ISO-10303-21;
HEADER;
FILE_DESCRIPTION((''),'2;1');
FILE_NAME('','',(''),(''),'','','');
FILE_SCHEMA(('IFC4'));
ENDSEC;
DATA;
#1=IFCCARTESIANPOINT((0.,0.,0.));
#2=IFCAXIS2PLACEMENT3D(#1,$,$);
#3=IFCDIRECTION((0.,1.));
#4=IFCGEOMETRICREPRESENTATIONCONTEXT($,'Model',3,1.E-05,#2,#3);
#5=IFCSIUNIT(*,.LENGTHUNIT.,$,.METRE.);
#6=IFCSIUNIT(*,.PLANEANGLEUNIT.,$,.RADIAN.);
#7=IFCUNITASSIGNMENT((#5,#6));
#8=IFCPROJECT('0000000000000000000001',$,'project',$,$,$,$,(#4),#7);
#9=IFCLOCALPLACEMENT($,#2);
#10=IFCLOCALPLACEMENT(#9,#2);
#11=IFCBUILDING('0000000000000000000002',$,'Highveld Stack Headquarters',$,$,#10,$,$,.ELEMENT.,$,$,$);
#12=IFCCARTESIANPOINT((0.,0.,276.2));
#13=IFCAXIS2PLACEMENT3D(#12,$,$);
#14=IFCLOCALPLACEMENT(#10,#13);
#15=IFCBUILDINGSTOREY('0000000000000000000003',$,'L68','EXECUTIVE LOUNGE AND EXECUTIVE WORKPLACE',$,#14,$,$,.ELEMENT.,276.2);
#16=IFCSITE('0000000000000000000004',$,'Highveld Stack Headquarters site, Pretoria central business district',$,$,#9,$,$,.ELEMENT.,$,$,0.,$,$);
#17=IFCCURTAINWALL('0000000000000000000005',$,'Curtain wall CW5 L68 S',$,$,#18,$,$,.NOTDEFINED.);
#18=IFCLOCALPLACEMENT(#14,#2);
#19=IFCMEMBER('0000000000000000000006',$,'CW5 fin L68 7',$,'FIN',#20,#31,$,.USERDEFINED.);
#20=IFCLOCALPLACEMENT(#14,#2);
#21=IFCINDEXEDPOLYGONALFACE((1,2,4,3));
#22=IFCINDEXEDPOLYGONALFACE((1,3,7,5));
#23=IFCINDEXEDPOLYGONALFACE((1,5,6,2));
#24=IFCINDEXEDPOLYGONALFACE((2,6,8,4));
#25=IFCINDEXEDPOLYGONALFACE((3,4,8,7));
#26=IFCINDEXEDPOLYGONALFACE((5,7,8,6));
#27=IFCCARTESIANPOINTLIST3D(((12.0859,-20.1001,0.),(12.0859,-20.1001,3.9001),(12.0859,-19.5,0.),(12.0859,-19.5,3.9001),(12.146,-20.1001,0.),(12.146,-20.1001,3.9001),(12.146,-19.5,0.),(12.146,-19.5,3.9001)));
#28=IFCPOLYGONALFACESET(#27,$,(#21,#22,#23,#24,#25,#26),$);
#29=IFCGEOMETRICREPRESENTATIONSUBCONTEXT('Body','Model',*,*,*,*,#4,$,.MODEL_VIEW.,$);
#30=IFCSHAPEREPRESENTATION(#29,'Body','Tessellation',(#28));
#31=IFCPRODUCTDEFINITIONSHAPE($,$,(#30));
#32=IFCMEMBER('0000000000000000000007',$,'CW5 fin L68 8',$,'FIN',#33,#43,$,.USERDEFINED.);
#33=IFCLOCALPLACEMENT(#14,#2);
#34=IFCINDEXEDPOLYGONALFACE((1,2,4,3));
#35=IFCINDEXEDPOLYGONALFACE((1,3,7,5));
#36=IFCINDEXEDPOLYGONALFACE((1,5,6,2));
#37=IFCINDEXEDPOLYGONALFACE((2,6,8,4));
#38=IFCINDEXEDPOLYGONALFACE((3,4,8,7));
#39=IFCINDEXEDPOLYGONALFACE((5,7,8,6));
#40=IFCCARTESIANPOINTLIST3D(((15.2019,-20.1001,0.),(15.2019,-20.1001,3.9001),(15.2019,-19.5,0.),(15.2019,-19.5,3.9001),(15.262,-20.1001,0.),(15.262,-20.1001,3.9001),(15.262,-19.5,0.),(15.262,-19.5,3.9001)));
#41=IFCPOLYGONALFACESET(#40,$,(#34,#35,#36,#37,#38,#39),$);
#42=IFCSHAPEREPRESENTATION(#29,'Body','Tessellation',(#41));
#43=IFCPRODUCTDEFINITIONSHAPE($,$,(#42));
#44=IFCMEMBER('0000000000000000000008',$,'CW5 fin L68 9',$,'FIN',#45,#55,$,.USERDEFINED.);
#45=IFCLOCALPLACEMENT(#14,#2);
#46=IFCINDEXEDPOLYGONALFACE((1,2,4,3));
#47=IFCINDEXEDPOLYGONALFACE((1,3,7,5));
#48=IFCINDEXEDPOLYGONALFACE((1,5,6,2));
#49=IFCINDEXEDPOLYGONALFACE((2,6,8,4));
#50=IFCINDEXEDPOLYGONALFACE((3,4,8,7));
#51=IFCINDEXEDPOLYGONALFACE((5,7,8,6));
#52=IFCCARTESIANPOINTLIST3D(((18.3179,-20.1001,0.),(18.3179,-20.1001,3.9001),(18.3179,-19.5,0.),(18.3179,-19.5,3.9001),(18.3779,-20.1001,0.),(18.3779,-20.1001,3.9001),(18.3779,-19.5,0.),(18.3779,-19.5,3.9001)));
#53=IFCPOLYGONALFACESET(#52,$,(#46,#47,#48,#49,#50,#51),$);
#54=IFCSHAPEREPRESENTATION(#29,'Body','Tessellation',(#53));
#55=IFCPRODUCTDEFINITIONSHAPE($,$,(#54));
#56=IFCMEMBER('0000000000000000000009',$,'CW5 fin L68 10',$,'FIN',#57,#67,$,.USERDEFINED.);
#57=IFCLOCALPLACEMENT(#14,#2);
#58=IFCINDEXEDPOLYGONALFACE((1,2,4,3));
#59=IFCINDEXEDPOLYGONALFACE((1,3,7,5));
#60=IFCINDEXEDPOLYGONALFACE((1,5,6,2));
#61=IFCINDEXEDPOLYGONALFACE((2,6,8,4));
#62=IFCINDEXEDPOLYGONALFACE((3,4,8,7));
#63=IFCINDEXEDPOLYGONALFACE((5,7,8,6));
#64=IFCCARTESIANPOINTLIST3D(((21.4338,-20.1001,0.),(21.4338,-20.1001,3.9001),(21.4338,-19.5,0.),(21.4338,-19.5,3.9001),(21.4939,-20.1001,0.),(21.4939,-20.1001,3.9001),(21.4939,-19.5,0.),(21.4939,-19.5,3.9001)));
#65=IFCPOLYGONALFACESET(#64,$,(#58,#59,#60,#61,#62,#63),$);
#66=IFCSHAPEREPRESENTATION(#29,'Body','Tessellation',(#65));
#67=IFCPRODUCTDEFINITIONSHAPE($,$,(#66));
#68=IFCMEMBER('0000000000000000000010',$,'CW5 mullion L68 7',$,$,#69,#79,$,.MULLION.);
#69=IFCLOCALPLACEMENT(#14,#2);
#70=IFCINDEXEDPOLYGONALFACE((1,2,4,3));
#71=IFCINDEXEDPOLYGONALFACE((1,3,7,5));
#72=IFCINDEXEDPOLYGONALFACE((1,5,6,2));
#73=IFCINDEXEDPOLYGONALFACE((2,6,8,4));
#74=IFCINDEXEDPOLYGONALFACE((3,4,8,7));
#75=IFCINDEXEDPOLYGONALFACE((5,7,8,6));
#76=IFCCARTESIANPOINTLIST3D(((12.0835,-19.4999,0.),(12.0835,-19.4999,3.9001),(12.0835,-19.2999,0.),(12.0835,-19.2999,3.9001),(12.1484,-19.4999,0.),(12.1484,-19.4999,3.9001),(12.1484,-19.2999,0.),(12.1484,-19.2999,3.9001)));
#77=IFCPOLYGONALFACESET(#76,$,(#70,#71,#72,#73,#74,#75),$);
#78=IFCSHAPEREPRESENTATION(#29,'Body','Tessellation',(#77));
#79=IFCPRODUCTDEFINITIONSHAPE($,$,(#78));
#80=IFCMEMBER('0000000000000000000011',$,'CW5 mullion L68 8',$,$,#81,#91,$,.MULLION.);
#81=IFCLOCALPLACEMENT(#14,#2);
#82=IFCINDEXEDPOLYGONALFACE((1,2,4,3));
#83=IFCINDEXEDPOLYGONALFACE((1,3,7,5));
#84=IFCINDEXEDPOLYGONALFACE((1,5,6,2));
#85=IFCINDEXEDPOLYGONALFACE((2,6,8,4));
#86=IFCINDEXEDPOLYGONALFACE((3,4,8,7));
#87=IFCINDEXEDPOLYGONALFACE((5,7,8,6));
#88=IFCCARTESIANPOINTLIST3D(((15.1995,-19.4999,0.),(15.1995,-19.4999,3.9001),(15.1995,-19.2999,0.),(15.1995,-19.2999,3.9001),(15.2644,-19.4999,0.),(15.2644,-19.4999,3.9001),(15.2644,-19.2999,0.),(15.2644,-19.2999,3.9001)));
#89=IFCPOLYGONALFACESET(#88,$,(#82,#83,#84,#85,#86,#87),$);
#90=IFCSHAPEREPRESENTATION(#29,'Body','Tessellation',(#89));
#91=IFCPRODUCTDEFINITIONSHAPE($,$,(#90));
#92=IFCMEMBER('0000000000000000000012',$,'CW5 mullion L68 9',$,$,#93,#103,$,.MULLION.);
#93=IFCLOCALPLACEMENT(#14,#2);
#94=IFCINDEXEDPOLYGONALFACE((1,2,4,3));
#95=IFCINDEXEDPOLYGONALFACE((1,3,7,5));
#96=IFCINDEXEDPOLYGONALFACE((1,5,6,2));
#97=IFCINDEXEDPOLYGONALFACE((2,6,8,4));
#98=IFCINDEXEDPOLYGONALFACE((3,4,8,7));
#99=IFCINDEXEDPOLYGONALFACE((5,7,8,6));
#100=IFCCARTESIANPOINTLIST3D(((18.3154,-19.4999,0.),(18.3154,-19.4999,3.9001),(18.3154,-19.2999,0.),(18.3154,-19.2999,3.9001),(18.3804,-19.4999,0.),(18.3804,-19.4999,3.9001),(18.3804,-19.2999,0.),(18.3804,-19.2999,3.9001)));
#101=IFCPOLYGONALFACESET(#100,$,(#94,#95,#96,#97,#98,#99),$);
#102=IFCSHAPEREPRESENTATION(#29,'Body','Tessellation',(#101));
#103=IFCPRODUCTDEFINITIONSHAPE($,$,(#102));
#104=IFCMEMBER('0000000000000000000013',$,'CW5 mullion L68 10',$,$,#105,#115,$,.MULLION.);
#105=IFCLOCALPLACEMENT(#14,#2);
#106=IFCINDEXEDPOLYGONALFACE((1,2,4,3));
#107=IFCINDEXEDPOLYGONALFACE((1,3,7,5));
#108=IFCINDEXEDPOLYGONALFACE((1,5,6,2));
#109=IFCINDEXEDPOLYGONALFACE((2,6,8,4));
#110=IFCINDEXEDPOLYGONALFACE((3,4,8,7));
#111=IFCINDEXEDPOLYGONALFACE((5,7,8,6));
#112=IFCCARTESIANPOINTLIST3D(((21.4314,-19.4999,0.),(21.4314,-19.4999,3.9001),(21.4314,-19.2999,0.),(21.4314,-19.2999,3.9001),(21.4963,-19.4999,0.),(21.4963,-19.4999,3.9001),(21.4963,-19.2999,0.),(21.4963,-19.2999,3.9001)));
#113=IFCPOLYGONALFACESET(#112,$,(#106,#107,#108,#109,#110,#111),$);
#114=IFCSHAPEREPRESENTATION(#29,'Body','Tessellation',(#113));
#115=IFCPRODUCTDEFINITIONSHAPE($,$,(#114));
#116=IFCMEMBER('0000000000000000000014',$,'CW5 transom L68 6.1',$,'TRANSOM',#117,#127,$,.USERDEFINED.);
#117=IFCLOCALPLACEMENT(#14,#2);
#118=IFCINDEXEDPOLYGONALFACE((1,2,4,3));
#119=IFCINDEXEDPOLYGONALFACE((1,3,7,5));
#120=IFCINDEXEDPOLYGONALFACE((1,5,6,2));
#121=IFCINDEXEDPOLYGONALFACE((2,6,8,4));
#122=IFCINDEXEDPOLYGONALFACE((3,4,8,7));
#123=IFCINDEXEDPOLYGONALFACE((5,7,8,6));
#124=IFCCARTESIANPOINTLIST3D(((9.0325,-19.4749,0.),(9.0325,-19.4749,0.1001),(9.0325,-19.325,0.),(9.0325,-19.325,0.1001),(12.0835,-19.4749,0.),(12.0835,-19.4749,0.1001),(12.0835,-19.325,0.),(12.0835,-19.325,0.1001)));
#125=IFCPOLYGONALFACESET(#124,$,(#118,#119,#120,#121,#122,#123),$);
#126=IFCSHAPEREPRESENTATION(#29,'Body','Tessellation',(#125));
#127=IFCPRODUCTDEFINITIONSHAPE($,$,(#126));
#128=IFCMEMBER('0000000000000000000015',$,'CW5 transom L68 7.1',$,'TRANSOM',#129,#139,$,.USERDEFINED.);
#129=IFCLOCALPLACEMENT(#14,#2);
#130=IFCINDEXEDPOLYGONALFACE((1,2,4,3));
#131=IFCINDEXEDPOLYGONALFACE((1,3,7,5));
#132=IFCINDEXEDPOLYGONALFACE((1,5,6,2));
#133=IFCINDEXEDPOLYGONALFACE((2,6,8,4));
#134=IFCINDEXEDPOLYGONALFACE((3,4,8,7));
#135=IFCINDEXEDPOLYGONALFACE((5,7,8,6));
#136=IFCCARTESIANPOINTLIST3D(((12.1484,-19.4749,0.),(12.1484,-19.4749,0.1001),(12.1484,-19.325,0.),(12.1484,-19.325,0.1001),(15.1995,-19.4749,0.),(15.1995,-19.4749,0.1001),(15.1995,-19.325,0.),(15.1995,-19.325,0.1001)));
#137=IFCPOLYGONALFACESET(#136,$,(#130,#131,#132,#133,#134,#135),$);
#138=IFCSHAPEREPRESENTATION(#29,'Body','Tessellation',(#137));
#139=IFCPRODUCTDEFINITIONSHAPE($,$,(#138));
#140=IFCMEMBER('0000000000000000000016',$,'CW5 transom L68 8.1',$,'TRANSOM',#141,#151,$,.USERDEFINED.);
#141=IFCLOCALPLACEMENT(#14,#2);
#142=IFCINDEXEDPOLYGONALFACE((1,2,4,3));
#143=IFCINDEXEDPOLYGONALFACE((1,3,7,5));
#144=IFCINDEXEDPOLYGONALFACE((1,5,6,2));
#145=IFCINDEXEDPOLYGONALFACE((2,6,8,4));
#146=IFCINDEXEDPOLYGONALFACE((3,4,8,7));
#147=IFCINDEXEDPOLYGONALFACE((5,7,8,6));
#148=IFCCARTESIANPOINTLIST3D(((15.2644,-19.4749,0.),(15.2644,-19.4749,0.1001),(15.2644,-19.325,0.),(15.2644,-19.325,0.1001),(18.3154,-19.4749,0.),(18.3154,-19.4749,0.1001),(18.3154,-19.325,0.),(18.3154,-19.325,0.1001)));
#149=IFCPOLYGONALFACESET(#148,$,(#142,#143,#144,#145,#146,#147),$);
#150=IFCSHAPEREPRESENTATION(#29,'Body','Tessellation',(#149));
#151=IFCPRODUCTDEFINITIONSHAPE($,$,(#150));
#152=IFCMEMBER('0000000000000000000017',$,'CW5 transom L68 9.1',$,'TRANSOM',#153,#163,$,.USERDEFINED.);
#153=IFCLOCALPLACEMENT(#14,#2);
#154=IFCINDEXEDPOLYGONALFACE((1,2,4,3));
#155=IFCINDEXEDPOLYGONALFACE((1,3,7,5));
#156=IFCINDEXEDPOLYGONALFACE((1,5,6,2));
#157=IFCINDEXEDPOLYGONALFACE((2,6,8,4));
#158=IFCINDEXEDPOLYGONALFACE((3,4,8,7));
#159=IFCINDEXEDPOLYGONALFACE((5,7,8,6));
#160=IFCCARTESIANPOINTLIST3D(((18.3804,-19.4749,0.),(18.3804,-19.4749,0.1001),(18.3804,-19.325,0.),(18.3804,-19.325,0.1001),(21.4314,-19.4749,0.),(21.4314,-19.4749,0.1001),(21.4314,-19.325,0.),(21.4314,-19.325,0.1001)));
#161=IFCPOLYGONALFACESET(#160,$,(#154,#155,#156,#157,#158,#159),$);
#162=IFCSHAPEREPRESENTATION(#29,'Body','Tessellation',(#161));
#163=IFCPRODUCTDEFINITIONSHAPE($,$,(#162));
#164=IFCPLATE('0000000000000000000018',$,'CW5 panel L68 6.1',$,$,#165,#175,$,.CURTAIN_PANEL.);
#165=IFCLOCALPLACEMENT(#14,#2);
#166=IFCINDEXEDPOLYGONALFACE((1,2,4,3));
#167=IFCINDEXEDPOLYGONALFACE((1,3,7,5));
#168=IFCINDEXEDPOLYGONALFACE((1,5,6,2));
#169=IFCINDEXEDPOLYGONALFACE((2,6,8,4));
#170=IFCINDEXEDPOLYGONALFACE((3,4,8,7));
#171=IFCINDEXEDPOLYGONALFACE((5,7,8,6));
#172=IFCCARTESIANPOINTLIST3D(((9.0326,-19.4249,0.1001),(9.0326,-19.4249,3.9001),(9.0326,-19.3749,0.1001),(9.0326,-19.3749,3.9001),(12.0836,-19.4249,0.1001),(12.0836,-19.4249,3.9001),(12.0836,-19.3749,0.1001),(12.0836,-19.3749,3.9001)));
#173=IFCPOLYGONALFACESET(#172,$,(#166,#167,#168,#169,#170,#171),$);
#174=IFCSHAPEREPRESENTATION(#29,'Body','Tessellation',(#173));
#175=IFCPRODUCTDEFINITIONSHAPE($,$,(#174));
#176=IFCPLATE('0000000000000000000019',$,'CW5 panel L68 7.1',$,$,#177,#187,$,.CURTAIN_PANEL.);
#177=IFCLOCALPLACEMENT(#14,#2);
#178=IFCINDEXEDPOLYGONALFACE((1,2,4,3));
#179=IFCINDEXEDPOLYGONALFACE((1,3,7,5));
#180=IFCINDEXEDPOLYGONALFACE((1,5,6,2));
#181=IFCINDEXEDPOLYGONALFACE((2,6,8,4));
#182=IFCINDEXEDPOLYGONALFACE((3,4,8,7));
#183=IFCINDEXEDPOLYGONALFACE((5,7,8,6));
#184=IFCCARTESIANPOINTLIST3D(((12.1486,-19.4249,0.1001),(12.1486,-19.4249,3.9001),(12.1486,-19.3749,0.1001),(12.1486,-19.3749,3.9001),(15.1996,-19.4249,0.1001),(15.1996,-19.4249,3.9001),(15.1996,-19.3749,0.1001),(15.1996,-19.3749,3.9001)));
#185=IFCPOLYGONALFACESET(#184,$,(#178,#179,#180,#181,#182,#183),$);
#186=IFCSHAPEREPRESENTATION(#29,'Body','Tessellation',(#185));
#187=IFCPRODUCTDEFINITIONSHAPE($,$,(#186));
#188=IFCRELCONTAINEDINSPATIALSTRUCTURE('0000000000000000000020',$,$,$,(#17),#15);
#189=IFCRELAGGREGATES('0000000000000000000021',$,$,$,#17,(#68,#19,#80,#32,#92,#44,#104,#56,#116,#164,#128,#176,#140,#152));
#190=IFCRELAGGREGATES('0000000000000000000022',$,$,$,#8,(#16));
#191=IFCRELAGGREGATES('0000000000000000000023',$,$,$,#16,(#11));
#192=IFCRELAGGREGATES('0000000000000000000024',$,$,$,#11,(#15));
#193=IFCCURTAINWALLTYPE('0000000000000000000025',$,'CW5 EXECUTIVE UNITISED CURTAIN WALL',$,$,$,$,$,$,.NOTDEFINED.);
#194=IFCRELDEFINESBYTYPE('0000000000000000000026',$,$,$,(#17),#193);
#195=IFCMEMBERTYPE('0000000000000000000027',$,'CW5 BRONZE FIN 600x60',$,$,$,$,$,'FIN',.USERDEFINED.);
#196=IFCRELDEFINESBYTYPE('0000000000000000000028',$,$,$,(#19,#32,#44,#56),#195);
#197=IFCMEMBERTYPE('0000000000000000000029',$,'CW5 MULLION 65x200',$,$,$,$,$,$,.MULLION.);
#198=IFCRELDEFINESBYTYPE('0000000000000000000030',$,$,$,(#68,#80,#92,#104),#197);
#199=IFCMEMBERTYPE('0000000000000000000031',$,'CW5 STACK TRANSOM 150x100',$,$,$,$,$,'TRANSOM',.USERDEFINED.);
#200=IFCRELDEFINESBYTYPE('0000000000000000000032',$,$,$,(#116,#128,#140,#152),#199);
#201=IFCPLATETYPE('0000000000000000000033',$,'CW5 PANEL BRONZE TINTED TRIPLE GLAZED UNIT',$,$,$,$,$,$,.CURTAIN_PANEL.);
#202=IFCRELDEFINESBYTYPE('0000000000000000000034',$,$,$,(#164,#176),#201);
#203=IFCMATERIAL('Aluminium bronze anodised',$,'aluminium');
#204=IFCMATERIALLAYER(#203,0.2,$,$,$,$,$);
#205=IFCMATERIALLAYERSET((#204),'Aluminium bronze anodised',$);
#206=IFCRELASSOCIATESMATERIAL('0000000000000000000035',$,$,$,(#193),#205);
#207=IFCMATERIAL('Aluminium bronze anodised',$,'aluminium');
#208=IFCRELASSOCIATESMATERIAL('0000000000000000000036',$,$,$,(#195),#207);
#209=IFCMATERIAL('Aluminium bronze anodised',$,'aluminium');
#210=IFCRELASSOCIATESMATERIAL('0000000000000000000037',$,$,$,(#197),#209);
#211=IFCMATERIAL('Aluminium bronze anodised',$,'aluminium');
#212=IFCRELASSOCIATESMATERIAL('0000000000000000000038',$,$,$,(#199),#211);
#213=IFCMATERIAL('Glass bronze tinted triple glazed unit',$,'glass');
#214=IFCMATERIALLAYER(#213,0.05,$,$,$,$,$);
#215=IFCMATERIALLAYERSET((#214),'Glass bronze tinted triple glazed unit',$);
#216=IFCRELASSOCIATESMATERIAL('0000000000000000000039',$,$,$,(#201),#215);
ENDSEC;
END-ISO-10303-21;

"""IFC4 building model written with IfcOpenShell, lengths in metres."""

from ifc_helpers import new_model, si_unit, direction, frame, origin, origin_2d, place, context, subcontext, project, spatial, rectangle, extrude, material, layer, layer_set, material_profile, profile_set, type_object, element, aggregate, save


model = new_model("IFC4")

# Units and contexts
model_context = context("Model", 3, precision=1e-05, world=origin(), true_north=direction((0.0, 1.0)))
body_context = subcontext(model_context, "Body", "Model", "MODEL_VIEW")
ifc_project = project(units=[si_unit("LENGTHUNIT", "METRE"), si_unit("PLANEANGLEUNIT", "RADIAN")], contexts=[model_context])

# Site, building, storey
site_placement = place(None, origin())
site = spatial("IfcSite", under=ifc_project, at=site_placement, Name="Highveld Stack Headquarters site, Pretoria central business district", CompositionType="ELEMENT", RefElevation=0.0)
building_placement = place(site_placement, origin())
building = spatial("IfcBuilding", under=site, at=building_placement, Name="Highveld Stack Headquarters", CompositionType="ELEMENT")
storey_placement = place(building_placement, frame((0.0, 0.0, 276.2)))
storey = spatial("IfcBuildingStorey", under=building, at=storey_placement, Name="L68", Description="EXECUTIVE LOUNGE AND EXECUTIVE WORKPLACE", CompositionType="ELEMENT", Elevation=276.2)

# Curtain wall, members, plates
ifc_material_1 = material(Name="Aluminium bronze anodised", Category="aluminium")
ifc_layer_1 = layer(ifc_material_1, 0.2)
ifc_layer_set_1 = layer_set([ifc_layer_1], Name="Aluminium bronze anodised")
curtain_wall_type = type_object("IfcCurtainWallType", Name="CW5 EXECUTIVE UNITISED CURTAIN WALL", PredefinedType="NOTDEFINED", material=ifc_layer_set_1)
curtain_wall_placement = place(storey_placement, origin())
curtain_wall = element("IfcCurtainWall", 1, at=curtain_wall_placement, inside=storey, type_object=curtain_wall_type, Name="Curtain wall CW5 L68 S", PredefinedType="NOTDEFINED")
ifc_material_2 = material(Name="Aluminium bronze anodised", Category="aluminium")
ifc_material_profile_1 = material_profile(ifc_material_2, rectangle(XDim=0.6001, YDim=0.0601, at=origin_2d()), Name="FIN 600x60")
ifc_profile_set_1 = profile_set([ifc_material_profile_1], Name="Aluminium bronze anodised")
member_type_1 = type_object("IfcMemberType", Name="CW5 BRONZE FIN 600x60", ElementType="FIN", PredefinedType="USERDEFINED", material=ifc_profile_set_1)
member_1_placement = place(storey_placement, frame((12.116, -19.8, 0.0), z_axis=(0.0, 0.0, 1.0), x_axis=(0.0, 1.0, 0.0)))
member_1 = element("IfcMember", 2, at=member_1_placement, type_object=member_type_1, Name="CW5 fin L68 7", ObjectType="FIN", PredefinedType="USERDEFINED", context=body_context, shape_type="SweptSolid", body=[
    extrude(rectangle(XDim=0.6001, YDim=0.0601, at=origin_2d()), origin(), (0.0, 0.0, 1.0), 3.9001),
])
member_2_placement = place(storey_placement, frame((15.2319, -19.8, 0.0), z_axis=(0.0, 0.0, 1.0), x_axis=(0.0, 1.0, 0.0)))
member_2 = element("IfcMember", 3, at=member_2_placement, type_object=member_type_1, Name="CW5 fin L68 8", ObjectType="FIN", PredefinedType="USERDEFINED", context=body_context, shape_type="SweptSolid", body=[
    extrude(rectangle(XDim=0.6001, YDim=0.0601, at=origin_2d()), origin(), (0.0, 0.0, 1.0), 3.9001),
])
member_3_placement = place(storey_placement, frame((18.3479, -19.8, 0.0), z_axis=(0.0, 0.0, 1.0), x_axis=(0.0, 1.0, 0.0)))
member_3 = element("IfcMember", 4, at=member_3_placement, type_object=member_type_1, Name="CW5 fin L68 9", ObjectType="FIN", PredefinedType="USERDEFINED", context=body_context, shape_type="SweptSolid", body=[
    extrude(rectangle(XDim=0.6001, YDim=0.0601, at=origin_2d()), origin(), (0.0, 0.0, 1.0), 3.9001),
])
member_4_placement = place(storey_placement, frame((21.4639, -19.8, 0.0), z_axis=(0.0, 0.0, 1.0), x_axis=(0.0, 1.0, 0.0)))
member_4 = element("IfcMember", 5, at=member_4_placement, type_object=member_type_1, Name="CW5 fin L68 10", ObjectType="FIN", PredefinedType="USERDEFINED", context=body_context, shape_type="SweptSolid", body=[
    extrude(rectangle(XDim=0.6001, YDim=0.0601, at=origin_2d()), origin(), (0.0, 0.0, 1.0), 3.9001),
])
ifc_material_3 = material(Name="Aluminium bronze anodised", Category="aluminium")
ifc_material_profile_2 = material_profile(ifc_material_3, rectangle(XDim=0.2, YDim=0.0649, at=origin_2d()), Name="CW5 MULLION 65x200")
ifc_profile_set_2 = profile_set([ifc_material_profile_2], Name="Aluminium bronze anodised")
member_type_2 = type_object("IfcMemberType", Name="CW5 MULLION 65x200", PredefinedType="MULLION", material=ifc_profile_set_2)
member_5_placement = place(storey_placement, frame((12.116, -19.3999, 0.0), z_axis=(0.0, 0.0, 1.0), x_axis=(0.0, 1.0, 0.0)))
member_5 = element("IfcMember", 6, at=member_5_placement, type_object=member_type_2, Name="CW5 mullion L68 7", PredefinedType="MULLION", context=body_context, shape_type="SweptSolid", body=[
    extrude(rectangle(XDim=0.2, YDim=0.0649, at=origin_2d()), origin(), (0.0, 0.0, 1.0), 3.9001),
])
member_6_placement = place(storey_placement, frame((15.2319, -19.3999, 0.0), z_axis=(0.0, 0.0, 1.0), x_axis=(0.0, 1.0, 0.0)))
member_6 = element("IfcMember", 7, at=member_6_placement, type_object=member_type_2, Name="CW5 mullion L68 8", PredefinedType="MULLION", context=body_context, shape_type="SweptSolid", body=[
    extrude(rectangle(XDim=0.2, YDim=0.0649, at=origin_2d()), origin(), (0.0, 0.0, 1.0), 3.9001),
])
member_7_placement = place(storey_placement, frame((18.3479, -19.3999, 0.0), z_axis=(0.0, 0.0, 1.0), x_axis=(0.0, 1.0, 0.0)))
member_7 = element("IfcMember", 8, at=member_7_placement, type_object=member_type_2, Name="CW5 mullion L68 9", PredefinedType="MULLION", context=body_context, shape_type="SweptSolid", body=[
    extrude(rectangle(XDim=0.2, YDim=0.0649, at=origin_2d()), origin(), (0.0, 0.0, 1.0), 3.9001),
])
member_8_placement = place(storey_placement, frame((21.4639, -19.3999, 0.0), z_axis=(0.0, 0.0, 1.0), x_axis=(0.0, 1.0, 0.0)))
member_8 = element("IfcMember", 9, at=member_8_placement, type_object=member_type_2, Name="CW5 mullion L68 10", PredefinedType="MULLION", context=body_context, shape_type="SweptSolid", body=[
    extrude(rectangle(XDim=0.2, YDim=0.0649, at=origin_2d()), origin(), (0.0, 0.0, 1.0), 3.9001),
])
ifc_material_4 = material(Name="Aluminium bronze anodised", Category="aluminium")
ifc_material_profile_3 = material_profile(ifc_material_4, rectangle(XDim=0.1499, YDim=0.1001, at=origin_2d()), Name="CW5 TRANSOM 150x100")
ifc_profile_set_3 = profile_set([ifc_material_profile_3], Name="Aluminium bronze anodised")
member_type_3 = type_object("IfcMemberType", Name="CW5 STACK TRANSOM 150x100", ElementType="TRANSOM", PredefinedType="USERDEFINED", material=ifc_profile_set_3)
member_9_placement = place(storey_placement, frame((9.0325, -19.3999, 0.05), z_axis=(1.0, 0.0, 0.0), x_axis=(0.0, 1.0, 0.0)))
member_9 = element("IfcMember", 10, at=member_9_placement, type_object=member_type_3, Name="CW5 transom L68 6.1", ObjectType="TRANSOM", PredefinedType="USERDEFINED", context=body_context, shape_type="SweptSolid", body=[
    extrude(rectangle(XDim=0.1499, YDim=0.1001, at=origin_2d()), origin(), (0.0, 0.0, 1.0), 3.051),
])
member_10_placement = place(storey_placement, frame((12.1484, -19.3999, 0.05), z_axis=(1.0, 0.0, 0.0), x_axis=(0.0, 1.0, 0.0)))
member_10 = element("IfcMember", 11, at=member_10_placement, type_object=member_type_3, Name="CW5 transom L68 7.1", ObjectType="TRANSOM", PredefinedType="USERDEFINED", context=body_context, shape_type="SweptSolid", body=[
    extrude(rectangle(XDim=0.1499, YDim=0.1001, at=origin_2d()), origin(), (0.0, 0.0, 1.0), 3.051),
])
member_11_placement = place(storey_placement, frame((15.2644, -19.3999, 0.05), z_axis=(1.0, 0.0, 0.0), x_axis=(0.0, 1.0, 0.0)))
member_11 = element("IfcMember", 12, at=member_11_placement, type_object=member_type_3, Name="CW5 transom L68 8.1", ObjectType="TRANSOM", PredefinedType="USERDEFINED", context=body_context, shape_type="SweptSolid", body=[
    extrude(rectangle(XDim=0.1499, YDim=0.1001, at=origin_2d()), origin(), (0.0, 0.0, 1.0), 3.051),
])
member_12_placement = place(storey_placement, frame((18.3804, -19.3999, 0.05), z_axis=(1.0, 0.0, 0.0), x_axis=(0.0, 1.0, 0.0)))
member_12 = element("IfcMember", 13, at=member_12_placement, type_object=member_type_3, Name="CW5 transom L68 9.1", ObjectType="TRANSOM", PredefinedType="USERDEFINED", context=body_context, shape_type="SweptSolid", body=[
    extrude(rectangle(XDim=0.1499, YDim=0.1001, at=origin_2d()), origin(), (0.0, 0.0, 1.0), 3.051),
])
ifc_material_5 = material(Name="Glass bronze tinted triple glazed unit", Category="glass")
ifc_layer_2 = layer(ifc_material_5, 0.05)
ifc_layer_set_2 = layer_set([ifc_layer_2], Name="Glass bronze tinted triple glazed unit")
plate_type = type_object("IfcPlateType", Name="CW5 PANEL BRONZE TINTED TRIPLE GLAZED UNIT", PredefinedType="CURTAIN_PANEL", material=ifc_layer_set_2)
plate_1_placement = place(storey_placement, frame((10.5581, -19.3999, 0.1001), z_axis=(0.0, 0.0, 1.0), x_axis=(1.0, 0.0, 0.0)))
plate_1 = element("IfcPlate", 14, at=plate_1_placement, type_object=plate_type, Name="CW5 panel L68 6.1", PredefinedType="CURTAIN_PANEL", context=body_context, shape_type="SweptSolid", body=[
    extrude(rectangle(XDim=3.051, YDim=0.05, at=origin_2d()), origin(), (0.0, 0.0, 1.0), 3.8),
])
plate_2_placement = place(storey_placement, frame((13.6741, -19.3999, 0.1001), z_axis=(0.0, 0.0, 1.0), x_axis=(1.0, 0.0, 0.0)))
plate_2 = element("IfcPlate", 15, at=plate_2_placement, type_object=plate_type, Name="CW5 panel L68 7.1", PredefinedType="CURTAIN_PANEL", context=body_context, shape_type="SweptSolid", body=[
    extrude(rectangle(XDim=3.051, YDim=0.05, at=origin_2d()), origin(), (0.0, 0.0, 1.0), 3.8),
])
aggregate(curtain_wall, [member_5, member_1, member_6, member_2, member_7, member_3, member_8, member_4, member_9, plate_1, member_10, plate_2, member_11, member_12])

save(model, "model.ifc")
